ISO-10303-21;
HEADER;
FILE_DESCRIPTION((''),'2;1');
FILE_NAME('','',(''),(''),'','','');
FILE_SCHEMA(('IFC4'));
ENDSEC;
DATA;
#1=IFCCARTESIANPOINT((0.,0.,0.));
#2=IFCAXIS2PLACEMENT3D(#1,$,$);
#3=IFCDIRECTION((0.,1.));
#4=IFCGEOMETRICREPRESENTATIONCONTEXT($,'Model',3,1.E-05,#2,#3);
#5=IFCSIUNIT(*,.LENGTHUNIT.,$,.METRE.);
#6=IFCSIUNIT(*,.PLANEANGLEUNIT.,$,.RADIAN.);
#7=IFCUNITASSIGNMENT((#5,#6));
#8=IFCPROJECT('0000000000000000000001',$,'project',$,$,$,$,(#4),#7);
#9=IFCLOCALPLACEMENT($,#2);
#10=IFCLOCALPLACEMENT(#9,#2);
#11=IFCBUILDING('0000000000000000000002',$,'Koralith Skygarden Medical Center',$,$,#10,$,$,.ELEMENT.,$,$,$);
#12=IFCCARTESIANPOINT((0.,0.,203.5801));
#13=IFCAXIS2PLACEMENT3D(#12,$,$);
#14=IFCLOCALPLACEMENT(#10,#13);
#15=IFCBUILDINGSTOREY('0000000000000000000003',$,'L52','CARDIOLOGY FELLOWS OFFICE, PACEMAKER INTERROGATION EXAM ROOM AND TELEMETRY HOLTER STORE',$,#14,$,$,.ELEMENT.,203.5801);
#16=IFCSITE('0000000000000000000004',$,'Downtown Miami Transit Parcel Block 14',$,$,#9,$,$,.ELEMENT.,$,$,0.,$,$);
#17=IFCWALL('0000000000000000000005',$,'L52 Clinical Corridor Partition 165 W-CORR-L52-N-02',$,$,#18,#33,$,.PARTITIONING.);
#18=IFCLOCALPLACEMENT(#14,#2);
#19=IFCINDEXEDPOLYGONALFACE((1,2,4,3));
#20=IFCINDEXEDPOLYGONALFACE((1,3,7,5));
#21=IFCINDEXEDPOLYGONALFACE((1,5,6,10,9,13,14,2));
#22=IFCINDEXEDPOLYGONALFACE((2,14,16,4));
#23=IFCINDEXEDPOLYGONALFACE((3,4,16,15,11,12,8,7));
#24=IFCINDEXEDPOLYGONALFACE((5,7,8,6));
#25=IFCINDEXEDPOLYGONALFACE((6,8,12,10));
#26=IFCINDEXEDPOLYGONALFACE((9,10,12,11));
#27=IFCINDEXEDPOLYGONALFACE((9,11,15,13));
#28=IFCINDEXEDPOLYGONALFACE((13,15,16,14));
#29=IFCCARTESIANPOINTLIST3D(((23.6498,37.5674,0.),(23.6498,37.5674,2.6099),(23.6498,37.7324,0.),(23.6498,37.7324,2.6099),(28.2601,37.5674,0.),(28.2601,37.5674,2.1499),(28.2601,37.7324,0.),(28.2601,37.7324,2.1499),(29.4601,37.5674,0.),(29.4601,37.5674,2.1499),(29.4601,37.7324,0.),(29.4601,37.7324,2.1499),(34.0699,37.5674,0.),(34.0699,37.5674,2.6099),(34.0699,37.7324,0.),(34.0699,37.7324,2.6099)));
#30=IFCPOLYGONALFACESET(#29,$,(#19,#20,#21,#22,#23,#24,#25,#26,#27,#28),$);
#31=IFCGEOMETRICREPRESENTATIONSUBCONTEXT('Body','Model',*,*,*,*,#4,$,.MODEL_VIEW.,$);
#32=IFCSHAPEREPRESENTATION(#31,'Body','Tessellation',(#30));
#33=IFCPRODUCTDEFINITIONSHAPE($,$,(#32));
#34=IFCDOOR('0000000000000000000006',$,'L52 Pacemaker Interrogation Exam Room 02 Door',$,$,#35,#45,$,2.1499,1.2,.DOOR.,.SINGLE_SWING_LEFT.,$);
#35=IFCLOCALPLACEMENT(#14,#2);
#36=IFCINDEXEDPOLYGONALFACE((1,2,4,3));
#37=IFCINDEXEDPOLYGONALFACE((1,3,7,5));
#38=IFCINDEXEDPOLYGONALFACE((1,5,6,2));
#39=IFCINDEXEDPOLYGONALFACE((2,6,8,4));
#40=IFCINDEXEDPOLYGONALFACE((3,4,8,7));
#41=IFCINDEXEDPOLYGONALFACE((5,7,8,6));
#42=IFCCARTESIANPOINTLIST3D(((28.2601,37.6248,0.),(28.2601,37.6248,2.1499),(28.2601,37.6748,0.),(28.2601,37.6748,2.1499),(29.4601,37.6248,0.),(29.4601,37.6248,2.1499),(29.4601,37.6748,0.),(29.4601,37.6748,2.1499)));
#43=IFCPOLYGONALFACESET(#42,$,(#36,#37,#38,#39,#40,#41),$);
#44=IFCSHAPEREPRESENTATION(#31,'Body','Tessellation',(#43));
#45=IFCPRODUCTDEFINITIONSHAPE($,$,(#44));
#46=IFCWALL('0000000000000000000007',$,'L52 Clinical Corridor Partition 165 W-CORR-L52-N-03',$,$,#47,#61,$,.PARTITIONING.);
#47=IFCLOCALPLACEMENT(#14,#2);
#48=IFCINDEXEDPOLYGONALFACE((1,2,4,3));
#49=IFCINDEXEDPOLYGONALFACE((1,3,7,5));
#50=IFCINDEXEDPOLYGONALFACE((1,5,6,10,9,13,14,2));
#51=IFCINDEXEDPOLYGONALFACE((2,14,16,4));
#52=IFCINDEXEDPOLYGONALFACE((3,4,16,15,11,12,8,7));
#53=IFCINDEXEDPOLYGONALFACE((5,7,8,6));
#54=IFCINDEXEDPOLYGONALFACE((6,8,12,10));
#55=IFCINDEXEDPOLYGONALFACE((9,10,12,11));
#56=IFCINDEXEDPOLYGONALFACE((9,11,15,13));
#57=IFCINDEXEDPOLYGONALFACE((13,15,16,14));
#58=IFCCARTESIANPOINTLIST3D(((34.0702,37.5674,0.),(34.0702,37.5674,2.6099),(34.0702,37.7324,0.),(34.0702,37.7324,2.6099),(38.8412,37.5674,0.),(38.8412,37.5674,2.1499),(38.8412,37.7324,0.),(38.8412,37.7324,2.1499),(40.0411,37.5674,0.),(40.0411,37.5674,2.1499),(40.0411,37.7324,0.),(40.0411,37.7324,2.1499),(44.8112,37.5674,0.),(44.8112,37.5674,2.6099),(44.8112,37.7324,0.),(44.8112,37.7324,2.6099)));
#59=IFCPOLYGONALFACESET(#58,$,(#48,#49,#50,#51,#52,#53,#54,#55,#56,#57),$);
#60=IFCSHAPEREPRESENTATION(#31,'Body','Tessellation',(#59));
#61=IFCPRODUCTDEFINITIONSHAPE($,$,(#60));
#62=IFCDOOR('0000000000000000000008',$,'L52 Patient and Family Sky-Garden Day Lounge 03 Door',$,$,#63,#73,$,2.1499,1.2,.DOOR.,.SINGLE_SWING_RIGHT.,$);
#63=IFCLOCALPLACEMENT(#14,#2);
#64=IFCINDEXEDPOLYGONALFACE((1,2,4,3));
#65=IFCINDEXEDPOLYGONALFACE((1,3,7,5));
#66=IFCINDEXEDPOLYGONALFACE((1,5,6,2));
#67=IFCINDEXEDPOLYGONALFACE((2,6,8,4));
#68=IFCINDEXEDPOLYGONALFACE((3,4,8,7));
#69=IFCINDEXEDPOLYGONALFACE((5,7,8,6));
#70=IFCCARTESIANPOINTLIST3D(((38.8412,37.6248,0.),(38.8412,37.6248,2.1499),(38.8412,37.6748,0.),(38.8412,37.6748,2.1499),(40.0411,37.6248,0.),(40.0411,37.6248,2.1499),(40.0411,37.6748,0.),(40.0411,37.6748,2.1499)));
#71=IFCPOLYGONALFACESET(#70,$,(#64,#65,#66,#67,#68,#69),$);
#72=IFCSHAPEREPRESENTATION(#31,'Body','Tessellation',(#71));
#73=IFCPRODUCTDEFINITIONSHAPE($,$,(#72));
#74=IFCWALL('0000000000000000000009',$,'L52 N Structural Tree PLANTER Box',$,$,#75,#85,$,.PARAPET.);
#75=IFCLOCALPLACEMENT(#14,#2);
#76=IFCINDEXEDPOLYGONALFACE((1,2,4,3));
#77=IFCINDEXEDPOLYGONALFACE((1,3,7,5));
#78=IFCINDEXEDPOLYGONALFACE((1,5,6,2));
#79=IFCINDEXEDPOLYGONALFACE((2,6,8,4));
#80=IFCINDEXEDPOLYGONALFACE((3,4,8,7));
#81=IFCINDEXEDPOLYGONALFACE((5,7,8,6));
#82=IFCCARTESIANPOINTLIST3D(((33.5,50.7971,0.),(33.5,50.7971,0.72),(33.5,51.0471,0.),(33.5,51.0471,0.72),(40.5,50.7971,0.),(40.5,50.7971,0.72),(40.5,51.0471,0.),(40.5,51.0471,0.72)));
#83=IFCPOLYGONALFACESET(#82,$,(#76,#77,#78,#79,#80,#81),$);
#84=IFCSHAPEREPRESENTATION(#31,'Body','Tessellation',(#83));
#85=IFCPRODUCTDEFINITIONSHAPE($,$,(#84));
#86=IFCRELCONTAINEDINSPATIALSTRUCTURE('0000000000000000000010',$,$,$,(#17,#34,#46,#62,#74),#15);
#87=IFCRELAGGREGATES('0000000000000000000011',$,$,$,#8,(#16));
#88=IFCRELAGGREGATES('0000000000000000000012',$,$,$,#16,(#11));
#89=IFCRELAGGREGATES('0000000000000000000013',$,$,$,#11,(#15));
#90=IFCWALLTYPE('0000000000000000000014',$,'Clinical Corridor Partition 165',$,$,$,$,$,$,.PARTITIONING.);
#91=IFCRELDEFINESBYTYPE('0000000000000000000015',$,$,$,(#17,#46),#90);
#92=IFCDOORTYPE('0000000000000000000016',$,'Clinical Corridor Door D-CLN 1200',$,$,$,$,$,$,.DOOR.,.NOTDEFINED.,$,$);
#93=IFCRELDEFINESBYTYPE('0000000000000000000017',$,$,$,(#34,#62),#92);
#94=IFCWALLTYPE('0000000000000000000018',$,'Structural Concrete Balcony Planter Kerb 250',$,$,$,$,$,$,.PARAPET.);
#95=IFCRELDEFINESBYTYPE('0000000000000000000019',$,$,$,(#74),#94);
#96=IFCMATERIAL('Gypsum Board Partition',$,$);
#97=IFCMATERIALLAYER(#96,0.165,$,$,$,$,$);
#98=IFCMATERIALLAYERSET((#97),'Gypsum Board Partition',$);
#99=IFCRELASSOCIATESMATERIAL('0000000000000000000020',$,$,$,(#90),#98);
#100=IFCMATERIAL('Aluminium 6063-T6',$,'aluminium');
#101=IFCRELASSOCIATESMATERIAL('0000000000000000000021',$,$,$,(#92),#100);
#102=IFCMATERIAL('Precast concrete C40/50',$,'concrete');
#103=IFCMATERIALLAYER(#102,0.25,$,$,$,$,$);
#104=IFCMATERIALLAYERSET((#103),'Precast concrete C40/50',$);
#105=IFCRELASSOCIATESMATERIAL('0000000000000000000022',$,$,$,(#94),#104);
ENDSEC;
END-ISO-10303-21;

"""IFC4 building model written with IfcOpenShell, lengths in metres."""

from ifc_helpers import new_model, si_unit, direction, frame, frame_2d, origin, place, context, subcontext, project, spatial, rectangle, extrude, material, layer, layer_set, type_object, element, fill, save


model = new_model("IFC4")

# Units and contexts
model_context = context("Model", 3, precision=1e-05, world=origin(), true_north=direction((0.0, 1.0)))
body_context = subcontext(model_context, "Body", "Model", "MODEL_VIEW")
ifc_project = project(units=[si_unit("LENGTHUNIT", "METRE"), si_unit("PLANEANGLEUNIT", "RADIAN")], contexts=[model_context])

# Site, building, storey
site_placement = place(None, origin())
site = spatial("IfcSite", under=ifc_project, at=site_placement, Name="Downtown Miami Transit Parcel Block 14", CompositionType="ELEMENT", RefElevation=0.0)
building_placement = place(site_placement, origin())
building = spatial("IfcBuilding", under=site, at=building_placement, Name="Koralith Skygarden Medical Center", CompositionType="ELEMENT")
storey_placement = place(building_placement, frame((0.0, 0.0, 203.5801)))
storey = spatial("IfcBuildingStorey", under=building, at=storey_placement, Name="L52", Description="CARDIOLOGY FELLOWS OFFICE, PACEMAKER INTERROGATION EXAM ROOM AND TELEMETRY HOLTER STORE", CompositionType="ELEMENT", Elevation=203.5801)

# Shared definitions
ifc_material_1 = material(Name="Aluminium 6063-T6", Category="aluminium")

# Shared definitions
ifc_material_2 = material(Name="Gypsum Board Partition")

# Walls, openings, doors
ifc_layer_1 = layer(ifc_material_2, 0.165)
ifc_layer_set_1 = layer_set([ifc_layer_1], Name="Gypsum Board Partition")
wall_type_1 = type_object("IfcWallType", Name="Clinical Corridor Partition 165", PredefinedType="PARTITIONING", material=ifc_layer_set_1)
wall_1_placement = place(storey_placement, frame((23.6499, 37.6499, 0.0), z_axis=(0.0, 0.0, 1.0), x_axis=(1.0, 0.0, 0.0)))
wall_1 = element("IfcWall", 1, at=wall_1_placement, inside=storey, type_object=wall_type_1, Name="L52 Clinical Corridor Partition 165 W-CORR-L52-N-02", PredefinedType="PARTITIONING", context=body_context, shape_type="SweptSolid", body=[
    extrude(rectangle(XDim=10.4202, YDim=0.165, at=frame_2d((5.21, 0.0))), origin(), (0.0, 0.0, 1.0), 2.6099),
])
opening_1_placement = place(wall_1_placement, frame((4.6101, 0.0, 0.0)))
opening_1 = element("IfcOpeningElement", 2, at=opening_1_placement, cuts=wall_1, PredefinedType="OPENING", context=body_context, shape_type="SweptSolid", body=[
    extrude(rectangle(XDim=1.2, YDim=2.1499, at=frame_2d((0.6001, 1.075))), frame((0.0, 0.0925, 0.0), z_axis=(0.0, -1.0, 0.0), x_axis=(1.0, 0.0, 0.0)), (0.0, 0.0, 1.0), 0.1851),
])
door_type_1 = type_object("IfcDoorType", Name="Clinical Corridor Door D-CLN 1200", OperationType="NOTDEFINED", PredefinedType="DOOR", material=ifc_material_1)
door_1_placement = place(opening_1_placement, origin())
door_1 = element("IfcDoor", 3, at=door_1_placement, inside=storey, type_object=door_type_1, Name="L52 Pacemaker Interrogation Exam Room 02 Door", OperationType="SINGLE_SWING_LEFT", OverallHeight=2.1499, OverallWidth=1.2, PredefinedType="DOOR", context=body_context, shape_type="SweptSolid", body=[
    extrude(rectangle(XDim=1.2, YDim=2.1499, at=frame_2d((0.6001, 1.075))), frame((0.0, 0.0249, 0.0), z_axis=(0.0, -1.0, 0.0), x_axis=(1.0, 0.0, 0.0)), (0.0, 0.0, 1.0), 0.05),
])
fill(opening_1, door_1)
wall_2_placement = place(storey_placement, frame((34.0701, 37.6499, 0.0), z_axis=(0.0, 0.0, 1.0), x_axis=(1.0, 0.0, 0.0)))
wall_2 = element("IfcWall", 4, at=wall_2_placement, inside=storey, type_object=wall_type_1, Name="L52 Clinical Corridor Partition 165 W-CORR-L52-N-03", PredefinedType="PARTITIONING", context=body_context, shape_type="SweptSolid", body=[
    extrude(rectangle(XDim=10.741, YDim=0.165, at=frame_2d((5.3706, 0.0))), origin(), (0.0, 0.0, 1.0), 2.6099),
])
opening_2_placement = place(wall_2_placement, frame((4.771, 0.0, 0.0)))
opening_2 = element("IfcOpeningElement", 5, at=opening_2_placement, cuts=wall_2, PredefinedType="OPENING", context=body_context, shape_type="SweptSolid", body=[
    extrude(rectangle(XDim=1.2, YDim=2.1499, at=frame_2d((0.6001, 1.075))), frame((0.0, 0.0925, 0.0), z_axis=(0.0, -1.0, 0.0), x_axis=(1.0, 0.0, 0.0)), (0.0, 0.0, 1.0), 0.1851),
])
door_2_placement = place(opening_2_placement, origin())
door_2 = element("IfcDoor", 6, at=door_2_placement, inside=storey, type_object=door_type_1, Name="L52 Patient and Family Sky-Garden Day Lounge 03 Door", OperationType="SINGLE_SWING_RIGHT", OverallHeight=2.1499, OverallWidth=1.2, PredefinedType="DOOR", context=body_context, shape_type="SweptSolid", body=[
    extrude(rectangle(XDim=1.2, YDim=2.1499, at=frame_2d((0.6001, 1.075))), frame((0.0, 0.0249, 0.0), z_axis=(0.0, -1.0, 0.0), x_axis=(1.0, 0.0, 0.0)), (0.0, 0.0, 1.0), 0.05),
])
fill(opening_2, door_2)

# Wall
ifc_material_3 = material(Name="Precast concrete C40/50", Category="concrete")
ifc_layer_2 = layer(ifc_material_3, 0.25)
ifc_layer_set_2 = layer_set([ifc_layer_2], Name="Precast concrete C40/50")
wall_type_2 = type_object("IfcWallType", Name="Structural Concrete Balcony Planter Kerb 250", PredefinedType="PARAPET", material=ifc_layer_set_2)
wall_3_placement = place(storey_placement, frame((33.5, 50.9221, 0.0), z_axis=(0.0, 0.0, 1.0), x_axis=(1.0, 0.0, 0.0)))
element("IfcWall", 7, at=wall_3_placement, inside=storey, type_object=wall_type_2, Name="L52 N Structural Tree PLANTER Box", PredefinedType="PARAPET", context=body_context, shape_type="SweptSolid", body=[
    extrude(rectangle(XDim=7.0, YDim=0.25, at=frame_2d((3.5, 0.0))), origin(), (0.0, 0.0, 1.0), 0.72),
])

save(model, "model.ifc")
